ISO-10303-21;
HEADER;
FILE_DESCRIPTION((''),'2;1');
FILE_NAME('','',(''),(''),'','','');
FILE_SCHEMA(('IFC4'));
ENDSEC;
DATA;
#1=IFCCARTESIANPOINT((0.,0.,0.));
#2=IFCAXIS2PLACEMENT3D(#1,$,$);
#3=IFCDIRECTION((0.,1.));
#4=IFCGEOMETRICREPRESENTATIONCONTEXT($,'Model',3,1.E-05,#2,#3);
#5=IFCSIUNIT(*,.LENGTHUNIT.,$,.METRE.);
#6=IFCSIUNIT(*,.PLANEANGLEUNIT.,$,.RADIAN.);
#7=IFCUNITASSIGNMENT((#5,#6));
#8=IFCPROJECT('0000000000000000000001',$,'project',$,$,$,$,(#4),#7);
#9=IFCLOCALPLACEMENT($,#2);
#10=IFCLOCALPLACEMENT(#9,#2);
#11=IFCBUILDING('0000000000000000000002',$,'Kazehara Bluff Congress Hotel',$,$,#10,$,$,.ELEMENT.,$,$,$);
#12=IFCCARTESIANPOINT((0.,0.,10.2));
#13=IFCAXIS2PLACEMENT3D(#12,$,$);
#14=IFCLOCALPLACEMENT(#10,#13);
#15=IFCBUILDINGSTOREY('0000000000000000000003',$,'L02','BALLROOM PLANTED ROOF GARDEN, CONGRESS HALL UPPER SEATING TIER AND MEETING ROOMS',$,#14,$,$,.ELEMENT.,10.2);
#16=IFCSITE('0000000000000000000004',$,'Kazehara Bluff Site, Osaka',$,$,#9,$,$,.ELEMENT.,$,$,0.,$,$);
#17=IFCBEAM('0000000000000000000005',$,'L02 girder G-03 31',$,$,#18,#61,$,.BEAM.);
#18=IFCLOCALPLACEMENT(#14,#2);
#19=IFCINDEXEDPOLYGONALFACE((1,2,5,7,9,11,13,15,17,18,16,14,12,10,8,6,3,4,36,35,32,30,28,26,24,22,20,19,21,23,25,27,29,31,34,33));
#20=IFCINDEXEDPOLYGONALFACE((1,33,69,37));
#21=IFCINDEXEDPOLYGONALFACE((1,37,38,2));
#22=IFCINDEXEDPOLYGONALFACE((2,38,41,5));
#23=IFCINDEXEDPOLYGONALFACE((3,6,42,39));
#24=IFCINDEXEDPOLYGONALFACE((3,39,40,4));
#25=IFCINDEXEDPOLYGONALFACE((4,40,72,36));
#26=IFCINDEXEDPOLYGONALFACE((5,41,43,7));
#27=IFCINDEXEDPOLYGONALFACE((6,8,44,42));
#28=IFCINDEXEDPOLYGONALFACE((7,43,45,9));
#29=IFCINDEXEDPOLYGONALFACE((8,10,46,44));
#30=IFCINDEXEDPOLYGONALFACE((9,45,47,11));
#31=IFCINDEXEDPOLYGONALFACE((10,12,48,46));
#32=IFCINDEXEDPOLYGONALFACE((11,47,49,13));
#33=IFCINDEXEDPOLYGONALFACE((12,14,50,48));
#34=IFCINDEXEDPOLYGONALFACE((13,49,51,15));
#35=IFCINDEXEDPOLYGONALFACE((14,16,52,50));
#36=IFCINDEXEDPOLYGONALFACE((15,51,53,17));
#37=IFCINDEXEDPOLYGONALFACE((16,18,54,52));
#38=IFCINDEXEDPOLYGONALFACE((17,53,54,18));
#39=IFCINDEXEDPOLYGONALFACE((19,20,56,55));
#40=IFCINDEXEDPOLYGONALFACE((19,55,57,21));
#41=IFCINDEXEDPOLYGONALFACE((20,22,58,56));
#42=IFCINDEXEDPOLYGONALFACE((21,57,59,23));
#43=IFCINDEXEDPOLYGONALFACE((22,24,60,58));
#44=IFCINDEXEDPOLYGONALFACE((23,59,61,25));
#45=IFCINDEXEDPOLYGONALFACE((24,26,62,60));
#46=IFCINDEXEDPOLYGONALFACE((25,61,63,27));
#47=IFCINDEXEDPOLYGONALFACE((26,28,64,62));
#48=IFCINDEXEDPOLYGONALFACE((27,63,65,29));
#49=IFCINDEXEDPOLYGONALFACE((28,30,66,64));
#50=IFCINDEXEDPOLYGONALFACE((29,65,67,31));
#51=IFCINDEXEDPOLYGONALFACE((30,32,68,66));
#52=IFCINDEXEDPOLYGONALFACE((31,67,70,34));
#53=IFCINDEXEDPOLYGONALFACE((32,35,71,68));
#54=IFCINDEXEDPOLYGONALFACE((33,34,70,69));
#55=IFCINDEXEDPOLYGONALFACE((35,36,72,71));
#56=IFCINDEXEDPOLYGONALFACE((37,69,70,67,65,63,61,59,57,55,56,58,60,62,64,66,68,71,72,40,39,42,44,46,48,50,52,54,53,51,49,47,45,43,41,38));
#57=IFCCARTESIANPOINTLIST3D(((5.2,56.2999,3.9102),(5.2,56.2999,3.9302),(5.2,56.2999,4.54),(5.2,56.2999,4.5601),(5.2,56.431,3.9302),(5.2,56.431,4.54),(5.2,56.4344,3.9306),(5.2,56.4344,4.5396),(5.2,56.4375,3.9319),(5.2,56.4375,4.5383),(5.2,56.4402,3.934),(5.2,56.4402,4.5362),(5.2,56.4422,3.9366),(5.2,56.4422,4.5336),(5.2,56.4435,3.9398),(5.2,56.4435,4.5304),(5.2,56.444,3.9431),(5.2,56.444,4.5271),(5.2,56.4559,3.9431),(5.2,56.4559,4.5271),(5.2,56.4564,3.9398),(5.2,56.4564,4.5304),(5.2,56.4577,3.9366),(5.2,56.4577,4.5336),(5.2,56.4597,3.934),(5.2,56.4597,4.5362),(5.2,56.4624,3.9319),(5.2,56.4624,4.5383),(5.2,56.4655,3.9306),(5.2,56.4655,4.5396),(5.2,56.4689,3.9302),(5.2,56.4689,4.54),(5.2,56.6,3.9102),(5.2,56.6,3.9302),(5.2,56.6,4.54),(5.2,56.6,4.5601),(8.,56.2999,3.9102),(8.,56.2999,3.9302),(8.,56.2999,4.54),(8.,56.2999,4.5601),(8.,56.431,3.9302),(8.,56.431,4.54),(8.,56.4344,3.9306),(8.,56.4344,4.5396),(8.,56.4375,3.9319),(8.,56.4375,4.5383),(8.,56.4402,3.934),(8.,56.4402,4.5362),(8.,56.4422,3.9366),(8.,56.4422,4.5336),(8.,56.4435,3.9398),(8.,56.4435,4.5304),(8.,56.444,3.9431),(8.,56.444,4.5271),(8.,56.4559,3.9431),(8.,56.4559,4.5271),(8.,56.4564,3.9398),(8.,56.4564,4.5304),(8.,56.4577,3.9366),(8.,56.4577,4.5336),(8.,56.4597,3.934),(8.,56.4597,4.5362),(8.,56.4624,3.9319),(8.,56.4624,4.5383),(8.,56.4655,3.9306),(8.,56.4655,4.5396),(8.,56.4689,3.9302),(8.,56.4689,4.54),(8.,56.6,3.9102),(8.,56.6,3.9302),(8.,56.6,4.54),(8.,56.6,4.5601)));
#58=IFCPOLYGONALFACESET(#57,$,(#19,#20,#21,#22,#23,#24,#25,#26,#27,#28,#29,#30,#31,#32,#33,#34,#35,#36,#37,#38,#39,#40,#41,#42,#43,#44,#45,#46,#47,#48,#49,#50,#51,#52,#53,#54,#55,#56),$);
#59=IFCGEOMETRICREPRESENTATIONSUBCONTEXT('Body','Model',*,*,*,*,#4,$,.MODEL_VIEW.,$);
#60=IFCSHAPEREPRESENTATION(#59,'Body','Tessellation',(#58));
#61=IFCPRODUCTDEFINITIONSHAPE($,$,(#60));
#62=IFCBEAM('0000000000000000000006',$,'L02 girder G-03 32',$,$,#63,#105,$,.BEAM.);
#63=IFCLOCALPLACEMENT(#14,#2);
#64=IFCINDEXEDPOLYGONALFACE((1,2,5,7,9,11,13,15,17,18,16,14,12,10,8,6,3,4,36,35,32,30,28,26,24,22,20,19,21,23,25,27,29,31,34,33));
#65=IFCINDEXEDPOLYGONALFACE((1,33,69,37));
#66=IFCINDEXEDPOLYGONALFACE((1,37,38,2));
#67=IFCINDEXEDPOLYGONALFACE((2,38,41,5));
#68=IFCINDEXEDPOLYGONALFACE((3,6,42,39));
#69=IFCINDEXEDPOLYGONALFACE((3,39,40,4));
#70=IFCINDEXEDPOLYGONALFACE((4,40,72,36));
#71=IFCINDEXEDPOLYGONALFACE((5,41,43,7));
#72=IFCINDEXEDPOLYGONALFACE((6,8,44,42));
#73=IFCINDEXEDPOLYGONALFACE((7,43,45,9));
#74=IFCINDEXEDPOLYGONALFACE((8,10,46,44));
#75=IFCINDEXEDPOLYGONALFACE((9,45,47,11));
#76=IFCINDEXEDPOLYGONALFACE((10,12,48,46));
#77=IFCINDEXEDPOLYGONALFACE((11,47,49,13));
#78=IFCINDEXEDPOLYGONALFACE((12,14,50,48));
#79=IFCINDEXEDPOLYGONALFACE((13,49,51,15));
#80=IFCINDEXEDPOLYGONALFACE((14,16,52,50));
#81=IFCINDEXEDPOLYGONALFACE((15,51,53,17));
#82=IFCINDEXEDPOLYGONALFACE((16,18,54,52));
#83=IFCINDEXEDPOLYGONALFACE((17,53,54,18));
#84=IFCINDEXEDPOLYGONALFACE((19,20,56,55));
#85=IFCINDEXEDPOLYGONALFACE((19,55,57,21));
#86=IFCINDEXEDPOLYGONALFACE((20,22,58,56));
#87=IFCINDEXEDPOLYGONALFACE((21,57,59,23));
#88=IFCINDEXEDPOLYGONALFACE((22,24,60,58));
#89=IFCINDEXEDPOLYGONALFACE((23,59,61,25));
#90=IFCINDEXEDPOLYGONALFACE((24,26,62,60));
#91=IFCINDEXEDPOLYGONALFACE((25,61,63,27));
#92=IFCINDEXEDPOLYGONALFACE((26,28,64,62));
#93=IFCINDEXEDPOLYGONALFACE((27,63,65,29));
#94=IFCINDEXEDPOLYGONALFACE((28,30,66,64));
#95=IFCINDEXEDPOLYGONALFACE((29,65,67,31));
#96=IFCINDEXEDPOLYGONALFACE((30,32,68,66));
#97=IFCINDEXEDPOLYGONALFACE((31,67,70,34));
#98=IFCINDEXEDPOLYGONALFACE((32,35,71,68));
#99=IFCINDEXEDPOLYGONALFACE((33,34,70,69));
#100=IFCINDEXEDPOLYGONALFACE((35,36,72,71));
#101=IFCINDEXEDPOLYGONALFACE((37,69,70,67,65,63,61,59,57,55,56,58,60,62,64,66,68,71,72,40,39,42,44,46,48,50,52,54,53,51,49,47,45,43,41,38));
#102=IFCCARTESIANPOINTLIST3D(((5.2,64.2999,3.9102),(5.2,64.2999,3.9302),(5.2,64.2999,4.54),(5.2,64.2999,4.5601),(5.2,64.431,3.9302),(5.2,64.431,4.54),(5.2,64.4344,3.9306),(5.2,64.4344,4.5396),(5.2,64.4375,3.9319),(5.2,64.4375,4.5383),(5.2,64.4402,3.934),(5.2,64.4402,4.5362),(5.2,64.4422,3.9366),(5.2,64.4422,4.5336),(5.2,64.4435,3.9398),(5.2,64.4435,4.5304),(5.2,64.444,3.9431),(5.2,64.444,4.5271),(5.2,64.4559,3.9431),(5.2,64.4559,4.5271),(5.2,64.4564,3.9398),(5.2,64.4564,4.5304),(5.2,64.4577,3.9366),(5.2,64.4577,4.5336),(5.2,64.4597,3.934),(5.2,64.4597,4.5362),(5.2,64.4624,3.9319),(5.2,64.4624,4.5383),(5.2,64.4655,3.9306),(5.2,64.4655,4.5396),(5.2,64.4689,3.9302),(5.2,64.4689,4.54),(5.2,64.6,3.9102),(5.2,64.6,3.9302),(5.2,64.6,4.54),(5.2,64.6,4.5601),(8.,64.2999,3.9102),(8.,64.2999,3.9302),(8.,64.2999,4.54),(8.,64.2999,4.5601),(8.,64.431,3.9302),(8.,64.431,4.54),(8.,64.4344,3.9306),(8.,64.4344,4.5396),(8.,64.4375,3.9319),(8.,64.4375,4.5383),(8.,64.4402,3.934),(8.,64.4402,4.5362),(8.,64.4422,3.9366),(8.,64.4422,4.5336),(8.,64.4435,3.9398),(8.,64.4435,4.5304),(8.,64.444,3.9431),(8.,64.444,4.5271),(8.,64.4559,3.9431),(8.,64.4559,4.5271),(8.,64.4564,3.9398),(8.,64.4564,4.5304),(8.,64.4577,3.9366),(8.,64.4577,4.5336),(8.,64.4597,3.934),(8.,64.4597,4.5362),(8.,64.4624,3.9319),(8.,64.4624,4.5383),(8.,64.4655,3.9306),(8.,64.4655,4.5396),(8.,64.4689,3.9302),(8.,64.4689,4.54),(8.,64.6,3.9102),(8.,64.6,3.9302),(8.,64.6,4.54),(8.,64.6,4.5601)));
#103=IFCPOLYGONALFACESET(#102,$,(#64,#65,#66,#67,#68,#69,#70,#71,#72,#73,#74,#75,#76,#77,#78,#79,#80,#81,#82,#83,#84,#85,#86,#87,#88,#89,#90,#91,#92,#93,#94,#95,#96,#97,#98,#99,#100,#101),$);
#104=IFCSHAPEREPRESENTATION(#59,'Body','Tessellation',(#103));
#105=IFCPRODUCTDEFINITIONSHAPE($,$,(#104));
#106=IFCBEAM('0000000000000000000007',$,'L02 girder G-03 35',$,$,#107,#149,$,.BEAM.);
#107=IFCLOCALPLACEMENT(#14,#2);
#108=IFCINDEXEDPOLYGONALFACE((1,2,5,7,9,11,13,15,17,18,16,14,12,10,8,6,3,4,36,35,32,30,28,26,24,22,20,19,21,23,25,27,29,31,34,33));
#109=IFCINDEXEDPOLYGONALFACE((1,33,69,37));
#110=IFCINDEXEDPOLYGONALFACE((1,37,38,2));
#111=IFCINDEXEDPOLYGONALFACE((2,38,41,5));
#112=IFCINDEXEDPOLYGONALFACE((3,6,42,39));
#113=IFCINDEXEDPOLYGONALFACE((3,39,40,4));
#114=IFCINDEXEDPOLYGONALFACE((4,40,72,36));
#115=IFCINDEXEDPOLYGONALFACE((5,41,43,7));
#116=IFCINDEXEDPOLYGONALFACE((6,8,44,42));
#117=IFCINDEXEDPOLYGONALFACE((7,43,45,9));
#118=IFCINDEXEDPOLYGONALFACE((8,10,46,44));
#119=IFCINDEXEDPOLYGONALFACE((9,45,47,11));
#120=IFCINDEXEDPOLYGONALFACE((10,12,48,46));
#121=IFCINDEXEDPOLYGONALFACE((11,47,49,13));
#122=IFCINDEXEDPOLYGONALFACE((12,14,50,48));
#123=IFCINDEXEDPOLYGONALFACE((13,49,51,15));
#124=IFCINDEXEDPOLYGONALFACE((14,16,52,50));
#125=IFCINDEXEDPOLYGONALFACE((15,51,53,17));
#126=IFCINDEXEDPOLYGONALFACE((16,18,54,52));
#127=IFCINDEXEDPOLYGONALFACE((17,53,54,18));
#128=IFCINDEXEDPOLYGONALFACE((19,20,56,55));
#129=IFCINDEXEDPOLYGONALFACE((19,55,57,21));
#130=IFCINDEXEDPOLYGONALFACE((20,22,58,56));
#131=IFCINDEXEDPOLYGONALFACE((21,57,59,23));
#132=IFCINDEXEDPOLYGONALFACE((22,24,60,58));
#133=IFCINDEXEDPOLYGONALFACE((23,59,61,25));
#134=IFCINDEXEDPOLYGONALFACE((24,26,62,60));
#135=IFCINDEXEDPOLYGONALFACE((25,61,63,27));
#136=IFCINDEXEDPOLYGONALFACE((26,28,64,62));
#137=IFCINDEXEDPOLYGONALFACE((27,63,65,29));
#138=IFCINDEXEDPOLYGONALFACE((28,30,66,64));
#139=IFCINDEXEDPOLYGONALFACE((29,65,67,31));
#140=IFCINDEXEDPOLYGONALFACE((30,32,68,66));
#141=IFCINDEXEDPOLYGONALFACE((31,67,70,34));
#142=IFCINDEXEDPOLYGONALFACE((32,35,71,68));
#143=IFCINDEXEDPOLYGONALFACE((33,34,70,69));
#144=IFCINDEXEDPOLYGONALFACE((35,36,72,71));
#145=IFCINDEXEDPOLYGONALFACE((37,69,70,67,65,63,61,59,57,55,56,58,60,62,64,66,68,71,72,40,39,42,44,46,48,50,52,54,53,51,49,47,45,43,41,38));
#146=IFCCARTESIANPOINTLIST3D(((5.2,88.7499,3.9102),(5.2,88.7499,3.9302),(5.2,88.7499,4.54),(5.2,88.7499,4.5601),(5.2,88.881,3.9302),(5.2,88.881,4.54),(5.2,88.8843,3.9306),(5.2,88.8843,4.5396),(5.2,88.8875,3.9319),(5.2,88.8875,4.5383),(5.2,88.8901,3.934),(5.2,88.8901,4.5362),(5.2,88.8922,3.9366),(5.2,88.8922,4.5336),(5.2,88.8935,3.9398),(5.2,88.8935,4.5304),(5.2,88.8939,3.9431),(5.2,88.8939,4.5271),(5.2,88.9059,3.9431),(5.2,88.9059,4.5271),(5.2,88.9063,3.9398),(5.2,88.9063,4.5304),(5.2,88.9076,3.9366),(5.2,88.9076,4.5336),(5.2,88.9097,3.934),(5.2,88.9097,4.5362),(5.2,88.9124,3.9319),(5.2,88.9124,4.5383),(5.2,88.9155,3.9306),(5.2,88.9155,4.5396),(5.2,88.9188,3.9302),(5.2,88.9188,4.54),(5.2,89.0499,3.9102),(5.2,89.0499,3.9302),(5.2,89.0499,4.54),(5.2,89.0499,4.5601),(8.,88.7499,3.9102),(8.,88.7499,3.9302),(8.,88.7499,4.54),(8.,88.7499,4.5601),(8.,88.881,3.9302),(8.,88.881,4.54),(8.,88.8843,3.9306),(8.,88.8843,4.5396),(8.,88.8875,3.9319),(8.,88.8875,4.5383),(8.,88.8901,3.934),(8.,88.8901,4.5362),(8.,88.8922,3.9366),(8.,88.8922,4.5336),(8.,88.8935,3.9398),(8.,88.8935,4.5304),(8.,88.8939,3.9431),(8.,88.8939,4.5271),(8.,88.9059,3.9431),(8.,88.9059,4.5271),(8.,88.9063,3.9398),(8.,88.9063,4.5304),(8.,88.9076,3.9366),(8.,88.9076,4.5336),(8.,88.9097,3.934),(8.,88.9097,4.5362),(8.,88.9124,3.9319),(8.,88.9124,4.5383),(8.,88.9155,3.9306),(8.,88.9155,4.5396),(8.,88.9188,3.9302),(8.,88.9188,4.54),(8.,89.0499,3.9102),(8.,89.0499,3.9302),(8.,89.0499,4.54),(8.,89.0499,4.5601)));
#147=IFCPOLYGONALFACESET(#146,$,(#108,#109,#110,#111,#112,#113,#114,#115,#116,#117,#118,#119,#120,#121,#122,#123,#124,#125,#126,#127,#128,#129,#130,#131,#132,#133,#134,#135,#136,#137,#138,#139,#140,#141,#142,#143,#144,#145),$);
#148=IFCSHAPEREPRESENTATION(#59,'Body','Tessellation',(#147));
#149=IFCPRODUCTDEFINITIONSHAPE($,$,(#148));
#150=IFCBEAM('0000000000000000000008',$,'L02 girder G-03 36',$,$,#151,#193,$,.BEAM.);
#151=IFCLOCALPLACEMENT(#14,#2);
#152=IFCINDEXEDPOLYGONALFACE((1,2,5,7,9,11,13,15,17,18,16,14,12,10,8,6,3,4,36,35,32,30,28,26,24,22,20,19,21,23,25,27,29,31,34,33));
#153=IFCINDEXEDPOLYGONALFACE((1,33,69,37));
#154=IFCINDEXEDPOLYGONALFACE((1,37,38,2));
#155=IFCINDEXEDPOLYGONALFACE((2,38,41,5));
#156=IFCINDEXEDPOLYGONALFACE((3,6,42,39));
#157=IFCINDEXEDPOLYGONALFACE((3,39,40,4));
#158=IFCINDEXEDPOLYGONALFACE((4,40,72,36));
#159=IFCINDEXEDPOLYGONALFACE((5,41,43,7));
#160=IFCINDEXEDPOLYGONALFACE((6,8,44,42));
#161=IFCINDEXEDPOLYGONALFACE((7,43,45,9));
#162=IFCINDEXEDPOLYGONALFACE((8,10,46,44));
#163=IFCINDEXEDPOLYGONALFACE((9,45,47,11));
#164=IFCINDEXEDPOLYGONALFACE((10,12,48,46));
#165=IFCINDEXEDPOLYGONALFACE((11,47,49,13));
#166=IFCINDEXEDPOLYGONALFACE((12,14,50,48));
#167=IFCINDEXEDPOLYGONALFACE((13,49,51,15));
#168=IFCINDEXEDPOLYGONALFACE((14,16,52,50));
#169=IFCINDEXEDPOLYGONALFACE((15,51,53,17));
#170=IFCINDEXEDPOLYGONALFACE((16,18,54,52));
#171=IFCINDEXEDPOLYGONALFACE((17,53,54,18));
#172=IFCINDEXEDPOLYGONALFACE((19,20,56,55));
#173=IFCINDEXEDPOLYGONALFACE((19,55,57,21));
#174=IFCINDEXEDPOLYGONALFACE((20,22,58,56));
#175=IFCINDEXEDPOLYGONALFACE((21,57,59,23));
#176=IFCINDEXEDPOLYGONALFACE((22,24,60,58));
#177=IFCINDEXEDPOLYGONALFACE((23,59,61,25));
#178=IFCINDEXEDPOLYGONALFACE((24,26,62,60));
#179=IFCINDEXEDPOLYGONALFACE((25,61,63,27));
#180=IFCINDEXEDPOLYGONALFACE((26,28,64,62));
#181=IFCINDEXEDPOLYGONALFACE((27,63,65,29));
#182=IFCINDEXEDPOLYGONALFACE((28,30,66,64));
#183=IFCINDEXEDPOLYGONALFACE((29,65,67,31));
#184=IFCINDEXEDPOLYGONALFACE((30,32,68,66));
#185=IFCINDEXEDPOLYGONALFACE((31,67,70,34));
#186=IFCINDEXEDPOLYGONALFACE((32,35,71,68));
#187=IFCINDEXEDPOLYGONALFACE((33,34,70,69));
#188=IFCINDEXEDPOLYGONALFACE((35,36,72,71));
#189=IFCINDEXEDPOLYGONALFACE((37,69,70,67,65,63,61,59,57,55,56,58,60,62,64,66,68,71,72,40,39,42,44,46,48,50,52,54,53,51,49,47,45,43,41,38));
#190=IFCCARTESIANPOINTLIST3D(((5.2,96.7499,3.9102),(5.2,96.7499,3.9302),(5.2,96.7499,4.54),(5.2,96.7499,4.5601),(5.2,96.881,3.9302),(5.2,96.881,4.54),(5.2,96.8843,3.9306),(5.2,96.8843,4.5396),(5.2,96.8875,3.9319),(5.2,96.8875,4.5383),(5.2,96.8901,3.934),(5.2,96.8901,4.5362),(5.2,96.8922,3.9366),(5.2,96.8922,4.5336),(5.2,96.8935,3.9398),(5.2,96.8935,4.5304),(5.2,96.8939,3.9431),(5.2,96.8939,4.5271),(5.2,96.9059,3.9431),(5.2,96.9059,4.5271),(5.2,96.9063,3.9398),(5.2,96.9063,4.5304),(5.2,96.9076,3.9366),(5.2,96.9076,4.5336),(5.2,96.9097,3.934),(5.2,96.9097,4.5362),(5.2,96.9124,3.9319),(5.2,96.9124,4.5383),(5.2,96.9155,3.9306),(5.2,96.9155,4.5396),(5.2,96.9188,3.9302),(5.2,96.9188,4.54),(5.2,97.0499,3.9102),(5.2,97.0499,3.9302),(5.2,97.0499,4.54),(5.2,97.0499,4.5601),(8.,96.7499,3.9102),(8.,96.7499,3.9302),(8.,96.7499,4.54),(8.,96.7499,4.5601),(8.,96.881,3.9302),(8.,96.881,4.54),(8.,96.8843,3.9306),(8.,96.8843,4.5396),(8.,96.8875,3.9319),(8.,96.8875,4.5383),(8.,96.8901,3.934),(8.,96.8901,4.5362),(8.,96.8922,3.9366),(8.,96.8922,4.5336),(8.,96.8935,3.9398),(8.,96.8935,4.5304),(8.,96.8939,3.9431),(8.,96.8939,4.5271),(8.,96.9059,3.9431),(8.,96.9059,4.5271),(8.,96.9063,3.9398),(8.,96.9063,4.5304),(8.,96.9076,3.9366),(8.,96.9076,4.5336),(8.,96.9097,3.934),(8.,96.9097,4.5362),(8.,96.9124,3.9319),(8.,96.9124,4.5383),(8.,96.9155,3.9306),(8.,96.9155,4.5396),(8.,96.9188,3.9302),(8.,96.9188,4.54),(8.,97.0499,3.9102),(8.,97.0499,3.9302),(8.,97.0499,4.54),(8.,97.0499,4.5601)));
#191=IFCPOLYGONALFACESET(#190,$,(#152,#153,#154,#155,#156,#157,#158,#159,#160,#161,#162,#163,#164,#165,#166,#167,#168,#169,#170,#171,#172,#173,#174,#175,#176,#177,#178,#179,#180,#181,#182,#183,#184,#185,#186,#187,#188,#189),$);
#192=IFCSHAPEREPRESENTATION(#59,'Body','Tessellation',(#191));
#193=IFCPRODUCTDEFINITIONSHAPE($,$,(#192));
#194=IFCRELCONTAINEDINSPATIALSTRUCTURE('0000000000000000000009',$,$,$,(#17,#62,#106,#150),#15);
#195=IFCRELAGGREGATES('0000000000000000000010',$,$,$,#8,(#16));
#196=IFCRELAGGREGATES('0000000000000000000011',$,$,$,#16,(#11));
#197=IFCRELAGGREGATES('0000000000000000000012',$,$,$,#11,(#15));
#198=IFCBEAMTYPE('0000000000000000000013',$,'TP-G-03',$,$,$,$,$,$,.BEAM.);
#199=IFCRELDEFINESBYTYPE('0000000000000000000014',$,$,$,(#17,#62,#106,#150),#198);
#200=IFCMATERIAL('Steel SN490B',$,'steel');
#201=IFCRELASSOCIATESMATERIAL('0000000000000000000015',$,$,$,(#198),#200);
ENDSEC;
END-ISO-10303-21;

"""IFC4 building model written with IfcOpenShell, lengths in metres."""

from ifc_helpers import new_model, si_unit, direction, frame, origin, origin_2d, place, context, subcontext, project, spatial, i_section, extrude, material, material_profile, profile_set, type_object, element, save


model = new_model("IFC4")

# Units and contexts
model_context = context("Model", 3, precision=1e-05, world=origin(), true_north=direction((0.0, 1.0)))
body_context = subcontext(model_context, "Body", "Model", "MODEL_VIEW")
ifc_project = project(units=[si_unit("LENGTHUNIT", "METRE"), si_unit("PLANEANGLEUNIT", "RADIAN")], contexts=[model_context])

# Site, building, storey
site_placement = place(None, origin())
site = spatial("IfcSite", under=ifc_project, at=site_placement, Name="Kazehara Bluff Site, Osaka", CompositionType="ELEMENT", RefElevation=0.0)
building_placement = place(site_placement, origin())
building = spatial("IfcBuilding", under=site, at=building_placement, Name="Kazehara Bluff Congress Hotel", CompositionType="ELEMENT")
storey_placement = place(building_placement, frame((0.0, 0.0, 10.2)))
storey = spatial("IfcBuildingStorey", under=building, at=storey_placement, Name="L02", Description="BALLROOM PLANTED ROOF GARDEN, CONGRESS HALL UPPER SEATING TIER AND MEETING ROOMS", CompositionType="ELEMENT", Elevation=10.2)

# Beams
ifc_material_1 = material(Name="Steel SN490B", Category="steel")
ifc_material_profile_1 = material_profile(ifc_material_1, i_section(OverallWidth=0.3, OverallDepth=0.6499, WebThickness=0.012, FlangeThickness=0.02, FilletRadius=0.0129, at=origin_2d()))
ifc_profile_set_1 = profile_set([ifc_material_profile_1], Name="Steel SN490B")
beam_type_1 = type_object("IfcBeamType", Name="TP-G-03", PredefinedType="BEAM", material=ifc_profile_set_1)
for number, where, z_axis, x_axis, name in (
    (1, (5.2, 56.45, 4.2351), (1.0, 0.0, 0.0), (0.0, 1.0, 0.0), "L02 girder G-03 31"),
    (2, (5.2, 64.45, 4.2351), (1.0, 0.0, 0.0), (0.0, 1.0, 0.0), "L02 girder G-03 32"),
    (3, (5.2, 88.8999, 4.2351), (1.0, 0.0, 0.0), (0.0, 1.0, 0.0), "L02 girder G-03 35"),
    (4, (5.2, 96.8999, 4.2351), (1.0, 0.0, 0.0), (0.0, 1.0, 0.0), "L02 girder G-03 36"),
):
    element("IfcBeam", number, at=place(storey_placement, frame(where, z_axis=z_axis, x_axis=x_axis)), inside=storey, type_object=beam_type_1, Name=name, PredefinedType="BEAM", context=body_context, shape_type="SweptSolid", body=[
        extrude(i_section(OverallWidth=0.3, OverallDepth=0.6499, WebThickness=0.012, FlangeThickness=0.02, FilletRadius=0.0129, at=origin_2d()), origin(), (0.0, 0.0, 1.0), 2.8),
    ])

save(model, "model.ifc")
